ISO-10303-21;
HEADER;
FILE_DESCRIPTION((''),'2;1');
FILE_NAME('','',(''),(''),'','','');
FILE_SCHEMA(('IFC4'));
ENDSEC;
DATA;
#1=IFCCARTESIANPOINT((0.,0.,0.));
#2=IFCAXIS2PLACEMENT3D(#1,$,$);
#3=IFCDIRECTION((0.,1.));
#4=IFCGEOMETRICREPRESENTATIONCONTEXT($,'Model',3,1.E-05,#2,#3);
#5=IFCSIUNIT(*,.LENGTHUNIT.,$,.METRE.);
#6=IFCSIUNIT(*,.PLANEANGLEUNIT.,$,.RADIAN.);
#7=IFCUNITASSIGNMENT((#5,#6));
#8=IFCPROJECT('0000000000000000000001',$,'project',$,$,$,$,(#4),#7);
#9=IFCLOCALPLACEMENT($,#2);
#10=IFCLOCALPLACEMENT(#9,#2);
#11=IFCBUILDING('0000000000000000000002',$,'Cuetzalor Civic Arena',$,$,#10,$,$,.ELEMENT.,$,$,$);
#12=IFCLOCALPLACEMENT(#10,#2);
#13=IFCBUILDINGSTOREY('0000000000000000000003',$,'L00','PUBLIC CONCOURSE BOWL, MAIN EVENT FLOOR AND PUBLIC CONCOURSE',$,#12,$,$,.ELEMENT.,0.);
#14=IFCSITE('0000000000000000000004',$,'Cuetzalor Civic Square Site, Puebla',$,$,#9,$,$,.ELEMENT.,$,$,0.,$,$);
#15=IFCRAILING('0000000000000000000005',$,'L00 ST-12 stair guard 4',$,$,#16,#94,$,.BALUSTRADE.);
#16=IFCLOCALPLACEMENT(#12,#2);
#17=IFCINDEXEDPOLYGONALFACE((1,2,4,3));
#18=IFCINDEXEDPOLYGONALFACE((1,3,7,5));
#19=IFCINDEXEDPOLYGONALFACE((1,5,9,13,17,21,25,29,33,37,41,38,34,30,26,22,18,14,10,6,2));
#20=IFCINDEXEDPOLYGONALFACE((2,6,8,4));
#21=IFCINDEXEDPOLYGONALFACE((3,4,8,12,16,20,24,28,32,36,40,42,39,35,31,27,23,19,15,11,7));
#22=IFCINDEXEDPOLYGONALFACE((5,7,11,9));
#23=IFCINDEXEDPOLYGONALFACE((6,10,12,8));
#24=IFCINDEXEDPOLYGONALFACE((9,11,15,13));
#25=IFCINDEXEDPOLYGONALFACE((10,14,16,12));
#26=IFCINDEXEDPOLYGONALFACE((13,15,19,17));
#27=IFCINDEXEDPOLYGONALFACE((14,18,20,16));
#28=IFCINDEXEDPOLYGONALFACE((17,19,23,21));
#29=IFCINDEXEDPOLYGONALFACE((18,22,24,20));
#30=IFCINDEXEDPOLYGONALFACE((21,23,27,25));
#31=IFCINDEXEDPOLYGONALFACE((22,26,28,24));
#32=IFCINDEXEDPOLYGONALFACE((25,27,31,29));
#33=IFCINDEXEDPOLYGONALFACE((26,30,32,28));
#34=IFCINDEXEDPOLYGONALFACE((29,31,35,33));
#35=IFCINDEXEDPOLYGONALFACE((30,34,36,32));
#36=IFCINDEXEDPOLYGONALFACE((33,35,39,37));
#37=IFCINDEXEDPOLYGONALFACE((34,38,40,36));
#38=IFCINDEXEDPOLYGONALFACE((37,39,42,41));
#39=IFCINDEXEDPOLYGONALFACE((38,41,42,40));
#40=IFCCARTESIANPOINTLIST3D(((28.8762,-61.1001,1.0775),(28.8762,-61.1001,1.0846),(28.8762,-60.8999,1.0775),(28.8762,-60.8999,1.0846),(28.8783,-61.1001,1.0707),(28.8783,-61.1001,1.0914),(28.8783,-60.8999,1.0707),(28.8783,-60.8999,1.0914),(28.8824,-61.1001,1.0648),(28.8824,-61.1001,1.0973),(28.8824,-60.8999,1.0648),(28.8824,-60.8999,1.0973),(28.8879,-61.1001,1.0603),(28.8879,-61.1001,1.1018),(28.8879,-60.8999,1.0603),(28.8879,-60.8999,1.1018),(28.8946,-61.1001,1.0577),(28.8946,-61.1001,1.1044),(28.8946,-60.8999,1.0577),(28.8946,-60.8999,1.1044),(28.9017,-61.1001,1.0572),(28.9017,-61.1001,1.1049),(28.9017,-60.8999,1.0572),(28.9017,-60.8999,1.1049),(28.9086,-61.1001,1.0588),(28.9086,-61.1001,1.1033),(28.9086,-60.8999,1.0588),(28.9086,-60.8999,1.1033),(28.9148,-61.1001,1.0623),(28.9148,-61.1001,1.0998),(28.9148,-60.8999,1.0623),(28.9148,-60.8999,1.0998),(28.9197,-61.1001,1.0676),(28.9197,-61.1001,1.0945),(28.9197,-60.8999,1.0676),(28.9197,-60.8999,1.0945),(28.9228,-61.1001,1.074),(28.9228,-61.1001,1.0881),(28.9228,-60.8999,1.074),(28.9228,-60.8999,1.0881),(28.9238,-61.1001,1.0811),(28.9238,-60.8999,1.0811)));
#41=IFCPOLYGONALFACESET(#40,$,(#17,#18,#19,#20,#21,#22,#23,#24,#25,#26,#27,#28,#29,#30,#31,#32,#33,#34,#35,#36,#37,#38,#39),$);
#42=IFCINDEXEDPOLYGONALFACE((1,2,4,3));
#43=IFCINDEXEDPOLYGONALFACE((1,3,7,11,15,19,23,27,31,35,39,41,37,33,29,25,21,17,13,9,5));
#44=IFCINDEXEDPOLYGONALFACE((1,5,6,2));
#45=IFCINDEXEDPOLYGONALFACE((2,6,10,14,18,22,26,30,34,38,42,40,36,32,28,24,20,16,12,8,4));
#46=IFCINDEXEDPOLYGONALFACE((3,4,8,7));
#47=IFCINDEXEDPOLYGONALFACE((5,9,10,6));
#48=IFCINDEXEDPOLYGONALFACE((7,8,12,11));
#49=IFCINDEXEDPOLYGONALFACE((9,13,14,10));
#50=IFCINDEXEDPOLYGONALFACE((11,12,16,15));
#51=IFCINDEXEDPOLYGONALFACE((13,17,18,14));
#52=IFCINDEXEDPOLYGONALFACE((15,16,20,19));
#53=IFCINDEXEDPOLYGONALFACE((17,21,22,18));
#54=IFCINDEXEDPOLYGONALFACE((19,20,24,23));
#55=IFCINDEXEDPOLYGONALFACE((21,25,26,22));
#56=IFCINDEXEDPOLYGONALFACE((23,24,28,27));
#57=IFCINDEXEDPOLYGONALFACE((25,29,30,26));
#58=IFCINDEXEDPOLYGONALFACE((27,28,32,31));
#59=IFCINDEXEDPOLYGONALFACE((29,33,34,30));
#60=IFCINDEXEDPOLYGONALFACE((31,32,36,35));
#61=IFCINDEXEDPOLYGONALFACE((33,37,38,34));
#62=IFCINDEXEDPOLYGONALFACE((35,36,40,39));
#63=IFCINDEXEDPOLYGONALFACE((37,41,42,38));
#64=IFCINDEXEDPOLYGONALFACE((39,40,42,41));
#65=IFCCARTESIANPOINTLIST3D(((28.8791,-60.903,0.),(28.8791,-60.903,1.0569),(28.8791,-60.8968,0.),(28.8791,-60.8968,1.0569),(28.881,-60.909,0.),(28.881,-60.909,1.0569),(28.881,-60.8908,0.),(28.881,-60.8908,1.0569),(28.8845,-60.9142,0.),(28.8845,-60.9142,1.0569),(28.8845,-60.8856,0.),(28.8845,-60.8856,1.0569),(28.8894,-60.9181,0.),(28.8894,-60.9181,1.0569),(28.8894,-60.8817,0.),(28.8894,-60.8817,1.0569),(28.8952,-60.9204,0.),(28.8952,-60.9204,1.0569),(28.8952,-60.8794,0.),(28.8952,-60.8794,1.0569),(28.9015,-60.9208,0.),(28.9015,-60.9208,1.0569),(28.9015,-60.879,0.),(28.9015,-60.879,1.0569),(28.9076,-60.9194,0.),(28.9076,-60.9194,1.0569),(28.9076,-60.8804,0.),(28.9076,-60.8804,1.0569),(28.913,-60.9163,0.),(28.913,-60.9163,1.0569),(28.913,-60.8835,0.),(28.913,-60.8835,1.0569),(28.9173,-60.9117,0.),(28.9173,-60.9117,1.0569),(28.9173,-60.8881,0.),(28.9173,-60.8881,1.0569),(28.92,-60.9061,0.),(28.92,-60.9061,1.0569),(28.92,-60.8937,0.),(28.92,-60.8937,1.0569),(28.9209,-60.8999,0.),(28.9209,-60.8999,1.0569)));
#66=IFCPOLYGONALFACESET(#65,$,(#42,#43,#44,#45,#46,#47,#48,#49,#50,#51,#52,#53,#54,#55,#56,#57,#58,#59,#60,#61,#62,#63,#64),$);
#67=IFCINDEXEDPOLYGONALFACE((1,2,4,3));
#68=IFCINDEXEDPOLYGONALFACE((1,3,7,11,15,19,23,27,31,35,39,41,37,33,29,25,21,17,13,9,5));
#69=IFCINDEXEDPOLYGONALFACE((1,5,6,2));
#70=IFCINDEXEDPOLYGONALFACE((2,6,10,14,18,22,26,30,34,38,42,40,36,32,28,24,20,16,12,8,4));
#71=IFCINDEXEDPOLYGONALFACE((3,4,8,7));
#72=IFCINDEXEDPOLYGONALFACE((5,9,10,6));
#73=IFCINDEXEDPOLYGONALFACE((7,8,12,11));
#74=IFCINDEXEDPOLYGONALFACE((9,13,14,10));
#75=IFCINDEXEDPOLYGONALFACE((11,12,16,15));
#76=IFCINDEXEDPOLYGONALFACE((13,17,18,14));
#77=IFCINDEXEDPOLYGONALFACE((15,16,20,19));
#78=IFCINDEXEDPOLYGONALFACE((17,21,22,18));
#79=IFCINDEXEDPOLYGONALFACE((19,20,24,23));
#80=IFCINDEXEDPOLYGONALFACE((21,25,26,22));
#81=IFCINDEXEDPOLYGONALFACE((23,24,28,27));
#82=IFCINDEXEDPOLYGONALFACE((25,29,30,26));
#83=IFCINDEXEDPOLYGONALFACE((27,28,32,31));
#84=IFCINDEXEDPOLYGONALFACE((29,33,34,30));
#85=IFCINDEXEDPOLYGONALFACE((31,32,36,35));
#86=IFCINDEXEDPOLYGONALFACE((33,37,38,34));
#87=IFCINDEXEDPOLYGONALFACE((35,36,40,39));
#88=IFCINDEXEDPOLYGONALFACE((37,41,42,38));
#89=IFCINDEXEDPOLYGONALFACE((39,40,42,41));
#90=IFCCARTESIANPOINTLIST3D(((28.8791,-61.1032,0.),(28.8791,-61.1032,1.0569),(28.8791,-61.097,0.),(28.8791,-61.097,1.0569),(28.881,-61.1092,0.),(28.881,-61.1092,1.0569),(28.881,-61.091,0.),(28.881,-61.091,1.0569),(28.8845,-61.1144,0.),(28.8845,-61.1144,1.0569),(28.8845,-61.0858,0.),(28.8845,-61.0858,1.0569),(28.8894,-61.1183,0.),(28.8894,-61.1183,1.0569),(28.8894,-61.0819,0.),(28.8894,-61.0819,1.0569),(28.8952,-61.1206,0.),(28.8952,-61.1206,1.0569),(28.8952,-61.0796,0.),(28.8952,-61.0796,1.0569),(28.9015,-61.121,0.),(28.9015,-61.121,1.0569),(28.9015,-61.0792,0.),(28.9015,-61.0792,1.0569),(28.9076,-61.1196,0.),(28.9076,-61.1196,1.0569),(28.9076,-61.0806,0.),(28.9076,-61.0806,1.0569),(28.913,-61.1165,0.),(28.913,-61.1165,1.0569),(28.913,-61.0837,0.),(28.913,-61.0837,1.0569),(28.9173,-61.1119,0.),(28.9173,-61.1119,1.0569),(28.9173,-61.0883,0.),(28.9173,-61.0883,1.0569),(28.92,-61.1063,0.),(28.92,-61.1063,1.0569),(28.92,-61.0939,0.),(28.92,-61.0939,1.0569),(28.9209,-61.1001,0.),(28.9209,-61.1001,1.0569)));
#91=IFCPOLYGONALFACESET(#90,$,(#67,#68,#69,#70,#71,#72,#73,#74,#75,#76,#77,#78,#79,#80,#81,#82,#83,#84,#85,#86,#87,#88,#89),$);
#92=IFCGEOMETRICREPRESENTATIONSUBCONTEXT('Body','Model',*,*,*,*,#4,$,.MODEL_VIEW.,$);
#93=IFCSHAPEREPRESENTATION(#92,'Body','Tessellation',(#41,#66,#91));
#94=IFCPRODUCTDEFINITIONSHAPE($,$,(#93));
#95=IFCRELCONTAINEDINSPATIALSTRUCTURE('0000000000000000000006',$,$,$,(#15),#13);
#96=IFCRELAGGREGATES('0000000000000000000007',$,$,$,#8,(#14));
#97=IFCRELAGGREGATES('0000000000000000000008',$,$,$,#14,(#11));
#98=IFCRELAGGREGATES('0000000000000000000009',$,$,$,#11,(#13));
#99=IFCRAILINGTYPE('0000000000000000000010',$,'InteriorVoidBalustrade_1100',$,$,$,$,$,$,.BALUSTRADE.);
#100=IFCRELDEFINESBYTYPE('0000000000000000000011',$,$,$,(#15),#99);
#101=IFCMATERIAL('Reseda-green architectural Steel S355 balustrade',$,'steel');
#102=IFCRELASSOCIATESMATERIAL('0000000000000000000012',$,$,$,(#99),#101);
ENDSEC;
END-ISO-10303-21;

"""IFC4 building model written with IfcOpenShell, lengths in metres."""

from ifc_helpers import new_model, si_unit, direction, frame, origin, origin_2d, place, context, subcontext, project, spatial, circle, extrude, material, type_object, element, save


model = new_model("IFC4")

# Units and contexts
model_context = context("Model", 3, precision=1e-05, world=origin(), true_north=direction((0.0, 1.0)))
body_context = subcontext(model_context, "Body", "Model", "MODEL_VIEW")
ifc_project = project(units=[si_unit("LENGTHUNIT", "METRE"), si_unit("PLANEANGLEUNIT", "RADIAN")], contexts=[model_context])

# Site, building, storey
site_placement = place(None, origin())
site = spatial("IfcSite", under=ifc_project, at=site_placement, Name="Cuetzalor Civic Square Site, Puebla", CompositionType="ELEMENT", RefElevation=0.0)
building_placement = place(site_placement, origin())
building = spatial("IfcBuilding", under=site, at=building_placement, Name="Cuetzalor Civic Arena", CompositionType="ELEMENT")
storey_placement = place(building_placement, origin())
storey = spatial("IfcBuildingStorey", under=building, at=storey_placement, Name="L00", Description="PUBLIC CONCOURSE BOWL, MAIN EVENT FLOOR AND PUBLIC CONCOURSE", CompositionType="ELEMENT", Elevation=0.0)

# Railing
ifc_material_1 = material(Name="Reseda-green architectural Steel S355 balustrade", Category="steel")
railing_type_1 = type_object("IfcRailingType", Name="InteriorVoidBalustrade_1100", PredefinedType="BALUSTRADE", material=ifc_material_1)
railing_1_placement = place(storey_placement, frame((28.8999, -60.8999, 0.0)))
element("IfcRailing", 1, at=railing_1_placement, inside=storey, type_object=railing_type_1, Name="L00 ST-12 stair guard 4", PredefinedType="BALUSTRADE", context=body_context, shape_type="SweptSolid", body=[
    extrude(circle(Radius=0.0239, at=origin_2d()), frame((0.0, 0.0, 1.0811), z_axis=(0.0, -1.0, 0.0), x_axis=(1.0, 0.0, 0.0)), (0.0, 0.0, 1.0), 0.2002),
    extrude(circle(Radius=0.021, at=origin_2d()), origin(), (0.0, 0.0, 1.0), 1.0569),
    extrude(circle(Radius=0.021, at=origin_2d()), frame((0.0, -0.2002, 0.0)), (0.0, 0.0, 1.0), 1.0569),
])

save(model, "model.ifc")
